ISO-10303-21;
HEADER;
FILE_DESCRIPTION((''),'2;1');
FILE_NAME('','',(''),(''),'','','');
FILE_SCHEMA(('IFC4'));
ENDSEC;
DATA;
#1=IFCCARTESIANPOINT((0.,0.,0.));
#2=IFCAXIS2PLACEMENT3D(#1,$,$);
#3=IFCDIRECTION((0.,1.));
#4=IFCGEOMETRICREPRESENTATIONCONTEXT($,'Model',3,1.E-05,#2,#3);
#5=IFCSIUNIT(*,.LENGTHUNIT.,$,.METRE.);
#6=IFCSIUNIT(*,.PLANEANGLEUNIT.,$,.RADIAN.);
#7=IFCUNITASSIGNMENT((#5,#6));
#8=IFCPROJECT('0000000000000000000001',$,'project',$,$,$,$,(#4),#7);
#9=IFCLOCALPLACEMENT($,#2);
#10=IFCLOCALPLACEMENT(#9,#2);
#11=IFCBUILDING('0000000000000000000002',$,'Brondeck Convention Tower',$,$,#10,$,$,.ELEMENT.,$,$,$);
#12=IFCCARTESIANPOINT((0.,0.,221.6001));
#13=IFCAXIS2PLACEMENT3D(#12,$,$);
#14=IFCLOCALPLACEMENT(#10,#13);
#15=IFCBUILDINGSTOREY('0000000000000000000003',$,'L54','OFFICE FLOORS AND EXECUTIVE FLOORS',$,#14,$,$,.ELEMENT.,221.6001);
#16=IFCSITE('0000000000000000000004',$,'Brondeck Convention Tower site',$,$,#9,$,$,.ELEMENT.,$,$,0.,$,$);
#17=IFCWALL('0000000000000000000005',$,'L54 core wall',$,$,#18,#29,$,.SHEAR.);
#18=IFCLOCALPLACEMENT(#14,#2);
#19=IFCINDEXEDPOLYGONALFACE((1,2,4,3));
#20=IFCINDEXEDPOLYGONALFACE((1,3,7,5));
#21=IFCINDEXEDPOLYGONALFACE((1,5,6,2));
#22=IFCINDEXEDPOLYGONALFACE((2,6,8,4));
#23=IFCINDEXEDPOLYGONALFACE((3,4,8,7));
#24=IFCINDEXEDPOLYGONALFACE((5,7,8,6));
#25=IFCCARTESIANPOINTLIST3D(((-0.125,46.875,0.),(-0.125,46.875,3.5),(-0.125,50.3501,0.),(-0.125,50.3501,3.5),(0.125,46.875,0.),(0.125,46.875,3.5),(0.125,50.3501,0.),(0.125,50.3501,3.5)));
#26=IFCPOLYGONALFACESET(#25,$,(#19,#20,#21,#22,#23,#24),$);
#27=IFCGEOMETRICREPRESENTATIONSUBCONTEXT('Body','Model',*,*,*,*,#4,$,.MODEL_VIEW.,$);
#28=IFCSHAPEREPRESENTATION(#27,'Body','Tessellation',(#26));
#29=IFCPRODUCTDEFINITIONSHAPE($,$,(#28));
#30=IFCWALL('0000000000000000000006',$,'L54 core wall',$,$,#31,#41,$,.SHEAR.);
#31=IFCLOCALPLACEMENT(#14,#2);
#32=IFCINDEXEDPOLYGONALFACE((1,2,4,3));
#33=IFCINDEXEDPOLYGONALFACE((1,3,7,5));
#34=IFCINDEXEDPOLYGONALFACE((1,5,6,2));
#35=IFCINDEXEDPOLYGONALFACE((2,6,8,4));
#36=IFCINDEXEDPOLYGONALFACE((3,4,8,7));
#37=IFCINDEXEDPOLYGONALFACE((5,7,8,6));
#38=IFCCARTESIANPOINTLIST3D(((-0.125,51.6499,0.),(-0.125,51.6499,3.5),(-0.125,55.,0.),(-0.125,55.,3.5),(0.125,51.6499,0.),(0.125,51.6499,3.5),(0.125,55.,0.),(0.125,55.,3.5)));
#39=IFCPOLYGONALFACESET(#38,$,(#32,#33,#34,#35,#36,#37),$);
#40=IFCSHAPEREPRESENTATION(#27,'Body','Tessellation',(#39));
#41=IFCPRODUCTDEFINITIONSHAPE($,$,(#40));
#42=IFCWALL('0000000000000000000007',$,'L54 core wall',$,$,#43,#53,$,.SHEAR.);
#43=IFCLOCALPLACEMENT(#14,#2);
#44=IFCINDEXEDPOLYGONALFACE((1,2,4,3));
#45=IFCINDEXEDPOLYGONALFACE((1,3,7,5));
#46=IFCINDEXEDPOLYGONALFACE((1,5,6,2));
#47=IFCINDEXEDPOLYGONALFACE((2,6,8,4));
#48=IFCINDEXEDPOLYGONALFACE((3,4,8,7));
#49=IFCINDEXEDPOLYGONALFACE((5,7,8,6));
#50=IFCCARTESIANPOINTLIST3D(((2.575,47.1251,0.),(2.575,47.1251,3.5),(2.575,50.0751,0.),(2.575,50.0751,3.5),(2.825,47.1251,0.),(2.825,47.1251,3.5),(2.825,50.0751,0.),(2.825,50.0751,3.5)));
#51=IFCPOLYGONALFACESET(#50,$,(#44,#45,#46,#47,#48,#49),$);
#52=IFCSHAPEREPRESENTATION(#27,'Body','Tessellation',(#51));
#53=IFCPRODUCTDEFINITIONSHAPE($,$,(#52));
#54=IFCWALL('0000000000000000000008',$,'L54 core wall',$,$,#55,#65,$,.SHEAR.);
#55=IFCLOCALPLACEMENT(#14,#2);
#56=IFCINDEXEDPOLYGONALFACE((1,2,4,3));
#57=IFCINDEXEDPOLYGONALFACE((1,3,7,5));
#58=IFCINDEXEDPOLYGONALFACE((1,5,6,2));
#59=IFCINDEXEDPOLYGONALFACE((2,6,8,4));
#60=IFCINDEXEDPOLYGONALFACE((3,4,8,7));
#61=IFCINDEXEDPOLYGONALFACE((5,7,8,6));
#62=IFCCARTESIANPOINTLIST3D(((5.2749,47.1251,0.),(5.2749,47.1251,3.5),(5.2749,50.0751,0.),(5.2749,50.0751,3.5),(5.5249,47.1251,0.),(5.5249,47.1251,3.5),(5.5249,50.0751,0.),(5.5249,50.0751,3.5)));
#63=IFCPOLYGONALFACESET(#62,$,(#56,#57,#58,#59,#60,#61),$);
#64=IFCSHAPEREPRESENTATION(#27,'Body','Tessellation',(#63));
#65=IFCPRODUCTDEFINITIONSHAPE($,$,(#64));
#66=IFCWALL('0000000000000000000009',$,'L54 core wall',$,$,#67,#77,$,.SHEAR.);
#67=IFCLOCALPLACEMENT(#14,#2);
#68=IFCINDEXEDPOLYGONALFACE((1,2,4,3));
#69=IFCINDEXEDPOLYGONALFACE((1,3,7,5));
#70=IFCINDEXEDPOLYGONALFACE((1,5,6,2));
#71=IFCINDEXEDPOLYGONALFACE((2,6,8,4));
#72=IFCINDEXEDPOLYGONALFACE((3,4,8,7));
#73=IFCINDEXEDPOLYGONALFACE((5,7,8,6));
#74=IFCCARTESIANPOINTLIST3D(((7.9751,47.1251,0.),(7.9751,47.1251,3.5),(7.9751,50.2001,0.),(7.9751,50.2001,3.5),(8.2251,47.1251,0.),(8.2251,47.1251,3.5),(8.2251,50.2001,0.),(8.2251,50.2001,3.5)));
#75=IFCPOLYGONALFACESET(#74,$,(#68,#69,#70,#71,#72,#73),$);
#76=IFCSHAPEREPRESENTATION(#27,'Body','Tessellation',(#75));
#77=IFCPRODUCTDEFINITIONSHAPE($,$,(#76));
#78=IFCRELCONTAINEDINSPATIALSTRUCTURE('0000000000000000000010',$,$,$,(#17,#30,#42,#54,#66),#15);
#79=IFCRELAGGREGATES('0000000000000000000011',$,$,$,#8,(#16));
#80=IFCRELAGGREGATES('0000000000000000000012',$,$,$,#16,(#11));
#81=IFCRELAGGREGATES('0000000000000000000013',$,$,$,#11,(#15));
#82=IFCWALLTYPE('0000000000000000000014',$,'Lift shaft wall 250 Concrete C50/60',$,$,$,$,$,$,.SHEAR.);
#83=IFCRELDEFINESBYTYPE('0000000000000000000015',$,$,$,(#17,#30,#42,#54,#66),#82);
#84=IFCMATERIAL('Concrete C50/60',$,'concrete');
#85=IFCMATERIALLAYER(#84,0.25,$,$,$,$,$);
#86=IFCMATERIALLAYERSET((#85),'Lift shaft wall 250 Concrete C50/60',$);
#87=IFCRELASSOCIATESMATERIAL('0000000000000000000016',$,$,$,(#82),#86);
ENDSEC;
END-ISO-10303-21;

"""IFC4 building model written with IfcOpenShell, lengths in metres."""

from ifc_helpers import new_model, si_unit, direction, frame, frame_2d, origin, place, context, subcontext, project, spatial, rectangle, extrude, material, layer, layer_set, type_object, element, save


model = new_model("IFC4")

# Units and contexts
model_context = context("Model", 3, precision=1e-05, world=origin(), true_north=direction((0.0, 1.0)))
body_context = subcontext(model_context, "Body", "Model", "MODEL_VIEW")
ifc_project = project(units=[si_unit("LENGTHUNIT", "METRE"), si_unit("PLANEANGLEUNIT", "RADIAN")], contexts=[model_context])

# Site, building, storey
site_placement = place(None, origin())
site = spatial("IfcSite", under=ifc_project, at=site_placement, Name="Brondeck Convention Tower site", CompositionType="ELEMENT", RefElevation=0.0)
building_placement = place(site_placement, origin())
building = spatial("IfcBuilding", under=site, at=building_placement, Name="Brondeck Convention Tower", CompositionType="ELEMENT")
storey_placement = place(building_placement, frame((0.0, 0.0, 221.6001)))
storey = spatial("IfcBuildingStorey", under=building, at=storey_placement, Name="L54", Description="OFFICE FLOORS AND EXECUTIVE FLOORS", CompositionType="ELEMENT", Elevation=221.6001)

# Shared definitions
ifc_material_1 = material(Name="Concrete C50/60", Category="concrete")

# Shared definitions
ifc_layer_1 = layer(ifc_material_1, 0.25)
ifc_layer_set_1 = layer_set([ifc_layer_1], Name="Lift shaft wall 250 Concrete C50/60")
wall_type_1 = type_object("IfcWallType", Name="Lift shaft wall 250 Concrete C50/60", PredefinedType="SHEAR", material=ifc_layer_set_1)

# Walls
wall_1_placement = place(storey_placement, frame((0.0, 46.875, 0.0), z_axis=(0.0, 0.0, 1.0), x_axis=(0.0, 1.0, 0.0)))
element("IfcWall", 1, at=wall_1_placement, inside=storey, type_object=wall_type_1, Name="L54 core wall", PredefinedType="SHEAR", context=body_context, shape_type="SweptSolid", body=[
    extrude(rectangle(XDim=3.4751, YDim=0.25, at=frame_2d((1.7375, 0.0))), origin(), (0.0, 0.0, 1.0), 3.5),
])
wall_2_placement = place(storey_placement, frame((0.0, 51.6499, 0.0), z_axis=(0.0, 0.0, 1.0), x_axis=(0.0, 1.0, 0.0)))
element("IfcWall", 2, at=wall_2_placement, inside=storey, type_object=wall_type_1, Name="L54 core wall", PredefinedType="SHEAR", context=body_context, shape_type="SweptSolid", body=[
    extrude(rectangle(XDim=3.3501, YDim=0.25, at=frame_2d((1.675, 0.0))), origin(), (0.0, 0.0, 1.0), 3.5),
])
for number, where, z_axis, x_axis, name in (
    (3, (2.7, 47.125, 0.0), (0.0, 0.0, 1.0), (0.0, 1.0, 0.0), "L54 core wall"),
    (4, (5.3999, 47.125, 0.0), (0.0, 0.0, 1.0), (0.0, 1.0, 0.0), "L54 core wall"),
):
    element("IfcWall", number, at=place(storey_placement, frame(where, z_axis=z_axis, x_axis=x_axis)), inside=storey, type_object=wall_type_1, Name=name, PredefinedType="SHEAR", context=body_context, shape_type="SweptSolid", body=[
        extrude(rectangle(XDim=2.95, YDim=0.25, at=frame_2d((1.4751, 0.0))), origin(), (0.0, 0.0, 1.0), 3.5),
    ])
wall_3_placement = place(storey_placement, frame((8.1001, 47.125, 0.0), z_axis=(0.0, 0.0, 1.0), x_axis=(0.0, 1.0, 0.0)))
element("IfcWall", 5, at=wall_3_placement, inside=storey, type_object=wall_type_1, Name="L54 core wall", PredefinedType="SHEAR", context=body_context, shape_type="SweptSolid", body=[
    extrude(rectangle(XDim=3.075, YDim=0.25, at=frame_2d((1.5376, 0.0))), origin(), (0.0, 0.0, 1.0), 3.5),
])

save(model, "model.ifc")
